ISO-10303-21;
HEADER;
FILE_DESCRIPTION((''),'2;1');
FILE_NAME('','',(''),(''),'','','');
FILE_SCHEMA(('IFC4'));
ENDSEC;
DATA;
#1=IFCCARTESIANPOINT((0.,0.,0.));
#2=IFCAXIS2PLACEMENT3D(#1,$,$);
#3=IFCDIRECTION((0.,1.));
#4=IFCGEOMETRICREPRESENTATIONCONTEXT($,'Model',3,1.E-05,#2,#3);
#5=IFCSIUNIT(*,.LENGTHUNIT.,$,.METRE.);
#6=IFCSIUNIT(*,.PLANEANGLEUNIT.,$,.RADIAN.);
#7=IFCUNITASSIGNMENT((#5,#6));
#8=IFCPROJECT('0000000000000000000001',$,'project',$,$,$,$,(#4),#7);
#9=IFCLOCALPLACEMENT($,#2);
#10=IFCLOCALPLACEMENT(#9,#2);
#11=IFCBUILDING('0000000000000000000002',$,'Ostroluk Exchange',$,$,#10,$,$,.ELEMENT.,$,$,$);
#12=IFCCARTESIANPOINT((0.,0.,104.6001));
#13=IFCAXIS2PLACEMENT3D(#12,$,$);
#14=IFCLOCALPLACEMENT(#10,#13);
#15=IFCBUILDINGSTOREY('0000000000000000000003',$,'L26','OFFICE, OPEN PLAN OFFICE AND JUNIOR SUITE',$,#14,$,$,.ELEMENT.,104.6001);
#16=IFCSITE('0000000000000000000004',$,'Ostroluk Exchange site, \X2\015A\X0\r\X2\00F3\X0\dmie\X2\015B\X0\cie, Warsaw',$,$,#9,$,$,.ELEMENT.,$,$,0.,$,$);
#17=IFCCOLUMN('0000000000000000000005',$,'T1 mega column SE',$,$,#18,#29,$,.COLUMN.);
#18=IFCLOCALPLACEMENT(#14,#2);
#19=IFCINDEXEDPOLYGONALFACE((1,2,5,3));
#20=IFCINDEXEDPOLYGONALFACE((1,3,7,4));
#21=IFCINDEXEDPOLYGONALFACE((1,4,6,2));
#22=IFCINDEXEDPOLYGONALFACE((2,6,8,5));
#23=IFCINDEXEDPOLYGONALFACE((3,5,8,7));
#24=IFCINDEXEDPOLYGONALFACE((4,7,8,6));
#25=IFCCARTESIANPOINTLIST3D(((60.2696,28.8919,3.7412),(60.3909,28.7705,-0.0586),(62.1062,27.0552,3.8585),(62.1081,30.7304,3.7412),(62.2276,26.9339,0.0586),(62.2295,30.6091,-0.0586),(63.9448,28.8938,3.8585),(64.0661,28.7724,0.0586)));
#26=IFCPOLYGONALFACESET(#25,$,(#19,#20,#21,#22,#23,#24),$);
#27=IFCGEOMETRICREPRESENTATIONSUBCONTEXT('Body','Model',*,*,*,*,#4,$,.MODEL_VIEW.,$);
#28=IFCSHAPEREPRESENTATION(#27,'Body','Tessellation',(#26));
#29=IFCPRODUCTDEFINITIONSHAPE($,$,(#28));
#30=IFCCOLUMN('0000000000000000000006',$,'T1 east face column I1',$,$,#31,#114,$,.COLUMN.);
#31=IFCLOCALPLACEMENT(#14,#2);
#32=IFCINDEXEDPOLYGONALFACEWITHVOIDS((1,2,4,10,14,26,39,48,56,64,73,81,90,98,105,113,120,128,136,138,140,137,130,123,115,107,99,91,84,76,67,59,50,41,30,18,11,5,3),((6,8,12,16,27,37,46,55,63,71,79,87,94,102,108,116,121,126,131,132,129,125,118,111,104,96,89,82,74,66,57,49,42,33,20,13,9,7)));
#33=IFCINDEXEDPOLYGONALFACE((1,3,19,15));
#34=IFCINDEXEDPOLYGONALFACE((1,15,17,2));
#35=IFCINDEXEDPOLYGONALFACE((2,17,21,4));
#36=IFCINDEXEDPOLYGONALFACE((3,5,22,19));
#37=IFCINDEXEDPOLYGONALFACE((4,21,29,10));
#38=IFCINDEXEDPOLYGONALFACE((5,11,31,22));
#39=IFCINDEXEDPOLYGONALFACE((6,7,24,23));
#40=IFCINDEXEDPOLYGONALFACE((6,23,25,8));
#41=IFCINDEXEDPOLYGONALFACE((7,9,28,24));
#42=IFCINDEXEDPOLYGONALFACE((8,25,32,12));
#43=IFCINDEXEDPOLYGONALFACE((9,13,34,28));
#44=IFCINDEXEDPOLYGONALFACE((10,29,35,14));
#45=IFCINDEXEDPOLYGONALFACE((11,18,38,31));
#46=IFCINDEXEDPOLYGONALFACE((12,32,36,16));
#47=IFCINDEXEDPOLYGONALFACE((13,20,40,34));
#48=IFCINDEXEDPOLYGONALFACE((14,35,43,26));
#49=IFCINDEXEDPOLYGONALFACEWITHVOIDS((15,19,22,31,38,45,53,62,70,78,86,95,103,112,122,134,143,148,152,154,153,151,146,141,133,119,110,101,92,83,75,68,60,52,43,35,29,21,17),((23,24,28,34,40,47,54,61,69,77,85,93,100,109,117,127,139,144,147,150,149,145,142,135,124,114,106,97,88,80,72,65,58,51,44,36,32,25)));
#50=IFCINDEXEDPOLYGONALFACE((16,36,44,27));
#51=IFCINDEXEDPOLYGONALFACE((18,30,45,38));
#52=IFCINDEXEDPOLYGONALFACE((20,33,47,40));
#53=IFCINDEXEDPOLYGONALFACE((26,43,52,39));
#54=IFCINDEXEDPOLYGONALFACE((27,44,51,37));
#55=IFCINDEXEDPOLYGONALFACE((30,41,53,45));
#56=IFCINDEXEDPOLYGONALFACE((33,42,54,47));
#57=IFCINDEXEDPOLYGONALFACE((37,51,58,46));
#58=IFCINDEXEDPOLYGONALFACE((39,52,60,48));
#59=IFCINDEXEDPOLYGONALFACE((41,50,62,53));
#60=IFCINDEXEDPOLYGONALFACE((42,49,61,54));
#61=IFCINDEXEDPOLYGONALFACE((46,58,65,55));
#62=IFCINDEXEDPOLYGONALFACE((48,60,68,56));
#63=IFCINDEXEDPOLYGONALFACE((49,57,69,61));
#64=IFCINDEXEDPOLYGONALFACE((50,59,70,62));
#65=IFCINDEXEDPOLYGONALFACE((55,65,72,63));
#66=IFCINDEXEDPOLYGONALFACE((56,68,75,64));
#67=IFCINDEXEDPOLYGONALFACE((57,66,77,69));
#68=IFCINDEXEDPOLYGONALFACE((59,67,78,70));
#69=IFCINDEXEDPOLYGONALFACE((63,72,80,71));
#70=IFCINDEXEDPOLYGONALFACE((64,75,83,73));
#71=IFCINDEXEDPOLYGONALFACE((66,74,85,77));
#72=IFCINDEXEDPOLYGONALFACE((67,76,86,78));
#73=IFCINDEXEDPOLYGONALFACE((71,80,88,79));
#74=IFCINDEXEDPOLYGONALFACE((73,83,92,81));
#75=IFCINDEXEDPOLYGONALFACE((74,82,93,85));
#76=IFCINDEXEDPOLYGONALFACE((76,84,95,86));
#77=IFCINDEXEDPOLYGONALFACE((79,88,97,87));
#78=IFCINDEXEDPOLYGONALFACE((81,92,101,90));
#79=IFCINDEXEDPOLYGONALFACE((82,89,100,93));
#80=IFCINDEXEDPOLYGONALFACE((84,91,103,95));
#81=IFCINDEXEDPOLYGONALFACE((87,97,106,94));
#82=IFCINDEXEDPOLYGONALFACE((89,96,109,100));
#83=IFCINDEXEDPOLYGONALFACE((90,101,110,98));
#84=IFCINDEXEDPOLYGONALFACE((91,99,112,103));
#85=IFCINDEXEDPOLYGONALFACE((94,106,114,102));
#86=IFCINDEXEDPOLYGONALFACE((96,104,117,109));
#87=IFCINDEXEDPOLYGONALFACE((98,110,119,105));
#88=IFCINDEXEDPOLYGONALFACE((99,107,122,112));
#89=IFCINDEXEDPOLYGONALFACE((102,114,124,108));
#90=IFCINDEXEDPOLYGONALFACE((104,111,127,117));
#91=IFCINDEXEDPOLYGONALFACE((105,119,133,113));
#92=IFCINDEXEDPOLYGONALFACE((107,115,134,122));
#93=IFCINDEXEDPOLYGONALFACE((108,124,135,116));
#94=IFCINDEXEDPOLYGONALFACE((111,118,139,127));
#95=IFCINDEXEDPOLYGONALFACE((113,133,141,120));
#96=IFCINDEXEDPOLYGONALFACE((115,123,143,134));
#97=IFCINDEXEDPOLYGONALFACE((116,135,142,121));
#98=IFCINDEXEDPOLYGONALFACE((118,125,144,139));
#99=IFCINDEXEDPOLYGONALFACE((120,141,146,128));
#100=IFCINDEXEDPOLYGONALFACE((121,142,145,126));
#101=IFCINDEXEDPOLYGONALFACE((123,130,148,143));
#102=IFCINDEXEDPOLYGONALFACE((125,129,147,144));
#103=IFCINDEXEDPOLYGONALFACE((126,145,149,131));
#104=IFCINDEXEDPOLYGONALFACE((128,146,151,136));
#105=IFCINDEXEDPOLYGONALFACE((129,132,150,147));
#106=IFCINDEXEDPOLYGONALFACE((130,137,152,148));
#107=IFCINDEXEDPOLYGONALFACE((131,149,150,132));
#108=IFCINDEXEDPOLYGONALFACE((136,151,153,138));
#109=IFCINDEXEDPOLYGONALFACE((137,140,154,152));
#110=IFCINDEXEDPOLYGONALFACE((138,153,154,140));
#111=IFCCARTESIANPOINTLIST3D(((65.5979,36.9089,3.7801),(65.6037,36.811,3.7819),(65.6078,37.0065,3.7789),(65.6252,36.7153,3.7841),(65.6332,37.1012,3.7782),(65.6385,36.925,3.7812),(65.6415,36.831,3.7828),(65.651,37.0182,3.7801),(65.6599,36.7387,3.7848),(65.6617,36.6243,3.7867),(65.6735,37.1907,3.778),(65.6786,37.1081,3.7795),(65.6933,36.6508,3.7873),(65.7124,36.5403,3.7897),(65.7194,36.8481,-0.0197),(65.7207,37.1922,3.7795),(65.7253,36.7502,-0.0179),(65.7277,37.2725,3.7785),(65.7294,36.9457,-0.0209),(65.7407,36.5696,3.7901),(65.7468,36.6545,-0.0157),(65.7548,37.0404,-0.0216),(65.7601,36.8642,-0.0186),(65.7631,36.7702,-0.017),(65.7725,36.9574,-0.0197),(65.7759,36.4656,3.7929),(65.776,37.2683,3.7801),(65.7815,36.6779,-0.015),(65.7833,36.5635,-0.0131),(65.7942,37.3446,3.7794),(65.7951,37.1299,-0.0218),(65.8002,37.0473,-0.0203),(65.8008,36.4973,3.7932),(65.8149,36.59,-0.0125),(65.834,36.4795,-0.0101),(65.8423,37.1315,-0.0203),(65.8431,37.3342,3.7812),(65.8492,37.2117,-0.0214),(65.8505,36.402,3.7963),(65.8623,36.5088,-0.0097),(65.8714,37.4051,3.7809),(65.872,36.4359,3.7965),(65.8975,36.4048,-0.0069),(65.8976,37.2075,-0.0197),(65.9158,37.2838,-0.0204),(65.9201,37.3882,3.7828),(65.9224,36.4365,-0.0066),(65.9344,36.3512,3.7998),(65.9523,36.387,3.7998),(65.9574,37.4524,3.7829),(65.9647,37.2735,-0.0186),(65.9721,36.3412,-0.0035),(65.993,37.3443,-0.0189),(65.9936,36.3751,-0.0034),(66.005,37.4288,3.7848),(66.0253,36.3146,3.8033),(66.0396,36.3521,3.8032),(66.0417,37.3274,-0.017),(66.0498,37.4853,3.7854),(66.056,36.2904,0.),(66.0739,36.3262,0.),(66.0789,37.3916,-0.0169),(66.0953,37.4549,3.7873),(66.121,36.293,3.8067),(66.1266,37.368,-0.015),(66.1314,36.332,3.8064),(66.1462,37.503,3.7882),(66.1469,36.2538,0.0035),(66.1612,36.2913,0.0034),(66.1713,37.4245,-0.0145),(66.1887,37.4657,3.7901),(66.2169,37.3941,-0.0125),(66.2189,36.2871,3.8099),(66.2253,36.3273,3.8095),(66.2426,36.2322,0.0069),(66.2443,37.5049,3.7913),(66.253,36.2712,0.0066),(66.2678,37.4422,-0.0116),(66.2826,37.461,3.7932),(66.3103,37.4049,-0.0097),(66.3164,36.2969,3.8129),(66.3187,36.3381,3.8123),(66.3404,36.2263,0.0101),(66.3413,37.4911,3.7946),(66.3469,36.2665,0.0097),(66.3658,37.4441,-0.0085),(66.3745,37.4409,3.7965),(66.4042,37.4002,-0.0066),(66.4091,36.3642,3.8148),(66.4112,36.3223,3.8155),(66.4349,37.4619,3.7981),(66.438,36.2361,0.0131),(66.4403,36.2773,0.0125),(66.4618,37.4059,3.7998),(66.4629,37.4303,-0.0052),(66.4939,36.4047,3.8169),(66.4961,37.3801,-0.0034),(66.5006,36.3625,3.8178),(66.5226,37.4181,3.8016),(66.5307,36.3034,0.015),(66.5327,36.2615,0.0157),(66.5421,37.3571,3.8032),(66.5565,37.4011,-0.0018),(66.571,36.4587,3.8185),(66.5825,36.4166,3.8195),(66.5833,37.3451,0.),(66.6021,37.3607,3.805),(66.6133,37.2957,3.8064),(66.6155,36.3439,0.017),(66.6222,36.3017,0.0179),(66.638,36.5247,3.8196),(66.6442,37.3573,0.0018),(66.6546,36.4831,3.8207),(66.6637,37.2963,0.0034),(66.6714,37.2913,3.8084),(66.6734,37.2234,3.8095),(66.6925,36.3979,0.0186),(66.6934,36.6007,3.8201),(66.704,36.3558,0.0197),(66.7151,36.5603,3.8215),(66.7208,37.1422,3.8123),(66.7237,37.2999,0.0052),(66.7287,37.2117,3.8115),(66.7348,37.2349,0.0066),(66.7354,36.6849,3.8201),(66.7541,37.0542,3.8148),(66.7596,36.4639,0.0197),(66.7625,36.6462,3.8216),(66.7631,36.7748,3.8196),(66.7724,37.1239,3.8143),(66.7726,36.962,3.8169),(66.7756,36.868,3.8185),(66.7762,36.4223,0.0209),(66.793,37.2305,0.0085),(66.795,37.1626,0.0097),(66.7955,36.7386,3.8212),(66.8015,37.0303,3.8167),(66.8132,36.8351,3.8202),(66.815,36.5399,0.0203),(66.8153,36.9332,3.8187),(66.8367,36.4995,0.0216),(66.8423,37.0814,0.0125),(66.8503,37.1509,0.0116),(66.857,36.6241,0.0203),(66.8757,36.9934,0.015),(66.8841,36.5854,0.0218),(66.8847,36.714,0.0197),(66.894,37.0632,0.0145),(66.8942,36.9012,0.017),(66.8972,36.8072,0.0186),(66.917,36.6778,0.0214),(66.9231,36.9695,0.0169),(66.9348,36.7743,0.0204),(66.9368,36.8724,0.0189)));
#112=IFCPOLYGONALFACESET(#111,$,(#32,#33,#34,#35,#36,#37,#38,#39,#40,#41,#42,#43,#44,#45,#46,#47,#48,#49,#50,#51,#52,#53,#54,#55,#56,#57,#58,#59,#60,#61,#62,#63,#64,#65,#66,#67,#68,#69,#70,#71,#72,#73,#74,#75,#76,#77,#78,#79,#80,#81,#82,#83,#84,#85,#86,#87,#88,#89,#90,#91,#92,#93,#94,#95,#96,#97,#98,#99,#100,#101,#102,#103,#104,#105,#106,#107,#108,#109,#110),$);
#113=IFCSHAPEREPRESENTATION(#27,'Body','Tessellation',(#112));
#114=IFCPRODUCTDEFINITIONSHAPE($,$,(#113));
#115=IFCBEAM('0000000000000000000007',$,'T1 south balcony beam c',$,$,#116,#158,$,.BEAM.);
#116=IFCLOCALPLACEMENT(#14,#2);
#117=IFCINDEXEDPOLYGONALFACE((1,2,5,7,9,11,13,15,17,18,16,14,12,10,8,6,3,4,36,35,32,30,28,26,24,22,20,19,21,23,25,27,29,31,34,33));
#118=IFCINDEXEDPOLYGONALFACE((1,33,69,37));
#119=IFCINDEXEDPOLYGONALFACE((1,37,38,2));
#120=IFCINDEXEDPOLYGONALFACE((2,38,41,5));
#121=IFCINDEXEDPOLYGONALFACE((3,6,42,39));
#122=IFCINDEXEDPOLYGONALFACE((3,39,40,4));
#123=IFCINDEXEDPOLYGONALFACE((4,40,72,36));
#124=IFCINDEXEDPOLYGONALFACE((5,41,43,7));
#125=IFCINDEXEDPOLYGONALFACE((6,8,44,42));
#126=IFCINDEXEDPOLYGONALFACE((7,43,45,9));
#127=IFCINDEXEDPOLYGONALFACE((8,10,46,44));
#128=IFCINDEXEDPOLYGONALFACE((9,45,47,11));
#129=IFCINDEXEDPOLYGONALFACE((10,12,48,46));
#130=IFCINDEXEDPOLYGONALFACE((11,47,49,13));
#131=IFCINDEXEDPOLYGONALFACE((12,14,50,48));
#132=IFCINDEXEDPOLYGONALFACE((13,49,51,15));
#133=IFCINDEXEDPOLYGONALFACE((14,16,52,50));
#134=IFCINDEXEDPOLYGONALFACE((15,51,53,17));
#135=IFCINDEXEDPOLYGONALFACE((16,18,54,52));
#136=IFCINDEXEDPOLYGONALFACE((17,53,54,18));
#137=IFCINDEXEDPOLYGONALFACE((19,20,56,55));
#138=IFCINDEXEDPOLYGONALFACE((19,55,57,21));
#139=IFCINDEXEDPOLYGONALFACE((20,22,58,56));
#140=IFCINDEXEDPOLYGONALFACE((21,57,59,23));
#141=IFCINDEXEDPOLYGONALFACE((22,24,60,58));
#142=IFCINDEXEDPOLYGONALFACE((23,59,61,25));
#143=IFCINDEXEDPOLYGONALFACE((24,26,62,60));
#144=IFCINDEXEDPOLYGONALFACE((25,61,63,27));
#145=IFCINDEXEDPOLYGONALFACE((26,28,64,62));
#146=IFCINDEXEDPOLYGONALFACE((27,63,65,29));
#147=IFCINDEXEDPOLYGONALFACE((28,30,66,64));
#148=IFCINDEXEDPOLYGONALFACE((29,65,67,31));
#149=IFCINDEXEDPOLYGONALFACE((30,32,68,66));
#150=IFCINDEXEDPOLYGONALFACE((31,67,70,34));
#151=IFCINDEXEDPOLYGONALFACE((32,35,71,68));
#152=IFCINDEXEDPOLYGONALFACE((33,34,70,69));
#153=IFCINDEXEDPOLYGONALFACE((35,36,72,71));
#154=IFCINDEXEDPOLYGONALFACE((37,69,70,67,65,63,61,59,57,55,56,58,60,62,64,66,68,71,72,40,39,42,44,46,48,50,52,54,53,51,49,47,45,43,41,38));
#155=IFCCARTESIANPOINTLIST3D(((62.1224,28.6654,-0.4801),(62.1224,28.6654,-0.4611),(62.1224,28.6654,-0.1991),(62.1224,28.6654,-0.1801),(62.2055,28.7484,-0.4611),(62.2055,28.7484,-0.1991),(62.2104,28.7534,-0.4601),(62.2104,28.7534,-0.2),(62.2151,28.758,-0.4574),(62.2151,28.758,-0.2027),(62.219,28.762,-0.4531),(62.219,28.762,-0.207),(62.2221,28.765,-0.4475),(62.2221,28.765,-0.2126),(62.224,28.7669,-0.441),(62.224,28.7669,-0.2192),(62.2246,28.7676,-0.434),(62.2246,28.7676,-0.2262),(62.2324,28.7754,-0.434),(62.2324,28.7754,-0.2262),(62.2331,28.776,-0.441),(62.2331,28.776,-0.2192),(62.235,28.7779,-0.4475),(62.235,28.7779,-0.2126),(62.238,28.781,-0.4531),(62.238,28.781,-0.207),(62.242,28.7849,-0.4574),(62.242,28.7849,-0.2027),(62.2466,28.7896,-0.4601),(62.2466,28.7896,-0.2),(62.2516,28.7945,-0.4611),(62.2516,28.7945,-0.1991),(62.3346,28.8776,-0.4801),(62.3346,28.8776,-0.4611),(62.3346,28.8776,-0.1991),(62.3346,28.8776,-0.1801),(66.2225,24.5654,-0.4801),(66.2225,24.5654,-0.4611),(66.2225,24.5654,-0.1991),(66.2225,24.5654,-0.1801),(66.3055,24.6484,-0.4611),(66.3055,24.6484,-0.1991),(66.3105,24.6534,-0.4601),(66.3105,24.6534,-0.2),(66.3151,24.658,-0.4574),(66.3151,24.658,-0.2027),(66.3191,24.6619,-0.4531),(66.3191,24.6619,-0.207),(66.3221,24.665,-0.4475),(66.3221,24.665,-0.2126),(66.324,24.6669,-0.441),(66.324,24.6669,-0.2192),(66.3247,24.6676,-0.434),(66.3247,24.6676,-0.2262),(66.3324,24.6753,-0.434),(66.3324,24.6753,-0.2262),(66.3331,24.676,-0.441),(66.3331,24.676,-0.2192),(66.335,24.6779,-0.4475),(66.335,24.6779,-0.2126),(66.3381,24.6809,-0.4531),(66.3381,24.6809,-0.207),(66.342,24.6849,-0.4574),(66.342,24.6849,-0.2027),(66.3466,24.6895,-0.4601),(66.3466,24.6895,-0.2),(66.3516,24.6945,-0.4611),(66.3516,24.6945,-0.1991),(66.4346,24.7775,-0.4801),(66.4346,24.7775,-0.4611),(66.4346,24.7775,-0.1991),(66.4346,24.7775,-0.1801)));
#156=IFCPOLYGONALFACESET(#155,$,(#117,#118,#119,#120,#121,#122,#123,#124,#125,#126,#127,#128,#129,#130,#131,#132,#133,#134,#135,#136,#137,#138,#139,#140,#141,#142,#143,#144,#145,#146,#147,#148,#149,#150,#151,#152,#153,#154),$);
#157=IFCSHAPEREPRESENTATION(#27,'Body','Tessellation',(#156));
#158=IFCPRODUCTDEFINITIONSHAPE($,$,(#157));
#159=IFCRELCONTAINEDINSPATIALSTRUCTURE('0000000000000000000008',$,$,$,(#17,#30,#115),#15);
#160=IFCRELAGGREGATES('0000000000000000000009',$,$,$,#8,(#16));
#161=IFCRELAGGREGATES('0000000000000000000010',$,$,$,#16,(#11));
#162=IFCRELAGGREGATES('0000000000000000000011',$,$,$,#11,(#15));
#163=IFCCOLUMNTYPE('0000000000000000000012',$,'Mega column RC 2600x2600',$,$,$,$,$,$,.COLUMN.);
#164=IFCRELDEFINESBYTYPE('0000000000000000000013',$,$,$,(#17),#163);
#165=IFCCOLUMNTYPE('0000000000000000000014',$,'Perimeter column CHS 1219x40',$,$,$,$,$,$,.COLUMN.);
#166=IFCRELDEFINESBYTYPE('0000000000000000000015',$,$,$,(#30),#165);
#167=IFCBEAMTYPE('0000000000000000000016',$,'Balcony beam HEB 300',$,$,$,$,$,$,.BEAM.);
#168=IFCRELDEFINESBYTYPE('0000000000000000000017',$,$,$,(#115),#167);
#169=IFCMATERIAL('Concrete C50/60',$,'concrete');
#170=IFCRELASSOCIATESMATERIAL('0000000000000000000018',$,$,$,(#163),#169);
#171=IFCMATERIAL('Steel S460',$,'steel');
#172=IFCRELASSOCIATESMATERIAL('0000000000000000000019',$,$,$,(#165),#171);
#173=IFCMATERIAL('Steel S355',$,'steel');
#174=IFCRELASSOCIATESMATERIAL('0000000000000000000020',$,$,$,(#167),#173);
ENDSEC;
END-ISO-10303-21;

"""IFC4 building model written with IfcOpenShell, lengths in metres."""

from ifc_helpers import new_model, si_unit, direction, frame, origin, origin_2d, place, context, subcontext, project, spatial, rectangle, hollow_circle, i_section, extrude, material, material_profile, profile_set, type_object, element, save


model = new_model("IFC4")

# Units and contexts
model_context = context("Model", 3, precision=1e-05, world=origin(), true_north=direction((0.0, 1.0)))
body_context = subcontext(model_context, "Body", "Model", "MODEL_VIEW")
ifc_project = project(units=[si_unit("LENGTHUNIT", "METRE"), si_unit("PLANEANGLEUNIT", "RADIAN")], contexts=[model_context])

# Site, building, storey
site_placement = place(None, origin())
site = spatial("IfcSite", under=ifc_project, at=site_placement, Name="Ostroluk Exchange site, Śródmieście, Warsaw", CompositionType="ELEMENT", RefElevation=0.0)
building_placement = place(site_placement, origin())
building = spatial("IfcBuilding", under=site, at=building_placement, Name="Ostroluk Exchange", CompositionType="ELEMENT")
storey_placement = place(building_placement, frame((0.0, 0.0, 104.6001)))
storey = spatial("IfcBuildingStorey", under=building, at=storey_placement, Name="L26", Description="OFFICE, OPEN PLAN OFFICE AND JUNIOR SUITE", CompositionType="ELEMENT", Elevation=104.6001)

# Columns
ifc_material_1 = material(Name="Concrete C50/60", Category="concrete")
ifc_material_profile_1 = material_profile(ifc_material_1, rectangle(XDim=2.6001, YDim=2.6001, at=origin_2d()), Name="RC 2600x2600")
ifc_profile_set_1 = profile_set([ifc_material_profile_1], Name="Concrete C50/60")
column_type_1 = type_object("IfcColumnType", Name="Mega column RC 2600x2600", PredefinedType="COLUMN", material=ifc_profile_set_1)
column_1_placement = place(storey_placement, frame((62.2285, 28.7715, 0.0), z_axis=(-0.0319, 0.0319, 0.998982), x_axis=(-0.707107, -0.707107, 0.0)))
element("IfcColumn", 1, at=column_1_placement, inside=storey, type_object=column_type_1, Name="T1 mega column SE", PredefinedType="COLUMN", context=body_context, shape_type="SweptSolid", body=[
    extrude(rectangle(XDim=2.6001, YDim=2.6001, at=origin_2d()), origin(), (0.0, 0.0, 1.0), 3.8037),
])
ifc_material_2 = material(Name="Steel S460", Category="steel")
ifc_material_profile_2 = material_profile(ifc_material_2, hollow_circle(Radius=0.6096, WallThickness=0.04, at=origin_2d()), Name="CHS 1219x40")
ifc_profile_set_2 = profile_set([ifc_material_profile_2], Name="Steel S460")
column_type_2 = type_object("IfcColumnType", Name="Perimeter column CHS 1219x40", PredefinedType="COLUMN", material=ifc_profile_set_2)
column_2_placement = place(storey_placement, frame((66.3286, 36.8357, 0.0), z_axis=(-0.031976, 0.015988, 0.999361), x_axis=(-0.447214, -0.894427, 0.0)))
element("IfcColumn", 2, at=column_2_placement, inside=storey, type_object=column_type_2, Name="T1 east face column I1", PredefinedType="COLUMN", context=body_context, shape_type="SweptSolid", body=[
    extrude(hollow_circle(Radius=0.6096, WallThickness=0.04, at=origin_2d()), origin(), (0.0, 0.0, 1.0), 3.8022),
])

# Beam
ifc_material_3 = material(Name="Steel S355", Category="steel")
ifc_material_profile_3 = material_profile(ifc_material_3, i_section(OverallWidth=0.3, OverallDepth=0.3, WebThickness=0.011, FlangeThickness=0.019, FilletRadius=0.0271, at=origin_2d()), Name="HEB 300")
ifc_profile_set_3 = profile_set([ifc_material_profile_3], Name="Steel S355")
beam_type_1 = type_object("IfcBeamType", Name="Balcony beam HEB 300", PredefinedType="BEAM", material=ifc_profile_set_3)
beam_1_placement = place(storey_placement, frame((62.2285, 28.7715, -0.3301), z_axis=(0.707107, -0.707107, 0.0), x_axis=(0.707107, 0.707107, 0.0)))
element("IfcBeam", 3, at=beam_1_placement, inside=storey, type_object=beam_type_1, Name="T1 south balcony beam c", PredefinedType="BEAM", context=body_context, shape_type="SweptSolid", body=[
    extrude(i_section(OverallWidth=0.3, OverallDepth=0.3, WebThickness=0.011, FlangeThickness=0.019, FilletRadius=0.0271, at=origin_2d()), origin(), (0.0, 0.0, 1.0), 5.7983),
])

save(model, "model.ifc")
